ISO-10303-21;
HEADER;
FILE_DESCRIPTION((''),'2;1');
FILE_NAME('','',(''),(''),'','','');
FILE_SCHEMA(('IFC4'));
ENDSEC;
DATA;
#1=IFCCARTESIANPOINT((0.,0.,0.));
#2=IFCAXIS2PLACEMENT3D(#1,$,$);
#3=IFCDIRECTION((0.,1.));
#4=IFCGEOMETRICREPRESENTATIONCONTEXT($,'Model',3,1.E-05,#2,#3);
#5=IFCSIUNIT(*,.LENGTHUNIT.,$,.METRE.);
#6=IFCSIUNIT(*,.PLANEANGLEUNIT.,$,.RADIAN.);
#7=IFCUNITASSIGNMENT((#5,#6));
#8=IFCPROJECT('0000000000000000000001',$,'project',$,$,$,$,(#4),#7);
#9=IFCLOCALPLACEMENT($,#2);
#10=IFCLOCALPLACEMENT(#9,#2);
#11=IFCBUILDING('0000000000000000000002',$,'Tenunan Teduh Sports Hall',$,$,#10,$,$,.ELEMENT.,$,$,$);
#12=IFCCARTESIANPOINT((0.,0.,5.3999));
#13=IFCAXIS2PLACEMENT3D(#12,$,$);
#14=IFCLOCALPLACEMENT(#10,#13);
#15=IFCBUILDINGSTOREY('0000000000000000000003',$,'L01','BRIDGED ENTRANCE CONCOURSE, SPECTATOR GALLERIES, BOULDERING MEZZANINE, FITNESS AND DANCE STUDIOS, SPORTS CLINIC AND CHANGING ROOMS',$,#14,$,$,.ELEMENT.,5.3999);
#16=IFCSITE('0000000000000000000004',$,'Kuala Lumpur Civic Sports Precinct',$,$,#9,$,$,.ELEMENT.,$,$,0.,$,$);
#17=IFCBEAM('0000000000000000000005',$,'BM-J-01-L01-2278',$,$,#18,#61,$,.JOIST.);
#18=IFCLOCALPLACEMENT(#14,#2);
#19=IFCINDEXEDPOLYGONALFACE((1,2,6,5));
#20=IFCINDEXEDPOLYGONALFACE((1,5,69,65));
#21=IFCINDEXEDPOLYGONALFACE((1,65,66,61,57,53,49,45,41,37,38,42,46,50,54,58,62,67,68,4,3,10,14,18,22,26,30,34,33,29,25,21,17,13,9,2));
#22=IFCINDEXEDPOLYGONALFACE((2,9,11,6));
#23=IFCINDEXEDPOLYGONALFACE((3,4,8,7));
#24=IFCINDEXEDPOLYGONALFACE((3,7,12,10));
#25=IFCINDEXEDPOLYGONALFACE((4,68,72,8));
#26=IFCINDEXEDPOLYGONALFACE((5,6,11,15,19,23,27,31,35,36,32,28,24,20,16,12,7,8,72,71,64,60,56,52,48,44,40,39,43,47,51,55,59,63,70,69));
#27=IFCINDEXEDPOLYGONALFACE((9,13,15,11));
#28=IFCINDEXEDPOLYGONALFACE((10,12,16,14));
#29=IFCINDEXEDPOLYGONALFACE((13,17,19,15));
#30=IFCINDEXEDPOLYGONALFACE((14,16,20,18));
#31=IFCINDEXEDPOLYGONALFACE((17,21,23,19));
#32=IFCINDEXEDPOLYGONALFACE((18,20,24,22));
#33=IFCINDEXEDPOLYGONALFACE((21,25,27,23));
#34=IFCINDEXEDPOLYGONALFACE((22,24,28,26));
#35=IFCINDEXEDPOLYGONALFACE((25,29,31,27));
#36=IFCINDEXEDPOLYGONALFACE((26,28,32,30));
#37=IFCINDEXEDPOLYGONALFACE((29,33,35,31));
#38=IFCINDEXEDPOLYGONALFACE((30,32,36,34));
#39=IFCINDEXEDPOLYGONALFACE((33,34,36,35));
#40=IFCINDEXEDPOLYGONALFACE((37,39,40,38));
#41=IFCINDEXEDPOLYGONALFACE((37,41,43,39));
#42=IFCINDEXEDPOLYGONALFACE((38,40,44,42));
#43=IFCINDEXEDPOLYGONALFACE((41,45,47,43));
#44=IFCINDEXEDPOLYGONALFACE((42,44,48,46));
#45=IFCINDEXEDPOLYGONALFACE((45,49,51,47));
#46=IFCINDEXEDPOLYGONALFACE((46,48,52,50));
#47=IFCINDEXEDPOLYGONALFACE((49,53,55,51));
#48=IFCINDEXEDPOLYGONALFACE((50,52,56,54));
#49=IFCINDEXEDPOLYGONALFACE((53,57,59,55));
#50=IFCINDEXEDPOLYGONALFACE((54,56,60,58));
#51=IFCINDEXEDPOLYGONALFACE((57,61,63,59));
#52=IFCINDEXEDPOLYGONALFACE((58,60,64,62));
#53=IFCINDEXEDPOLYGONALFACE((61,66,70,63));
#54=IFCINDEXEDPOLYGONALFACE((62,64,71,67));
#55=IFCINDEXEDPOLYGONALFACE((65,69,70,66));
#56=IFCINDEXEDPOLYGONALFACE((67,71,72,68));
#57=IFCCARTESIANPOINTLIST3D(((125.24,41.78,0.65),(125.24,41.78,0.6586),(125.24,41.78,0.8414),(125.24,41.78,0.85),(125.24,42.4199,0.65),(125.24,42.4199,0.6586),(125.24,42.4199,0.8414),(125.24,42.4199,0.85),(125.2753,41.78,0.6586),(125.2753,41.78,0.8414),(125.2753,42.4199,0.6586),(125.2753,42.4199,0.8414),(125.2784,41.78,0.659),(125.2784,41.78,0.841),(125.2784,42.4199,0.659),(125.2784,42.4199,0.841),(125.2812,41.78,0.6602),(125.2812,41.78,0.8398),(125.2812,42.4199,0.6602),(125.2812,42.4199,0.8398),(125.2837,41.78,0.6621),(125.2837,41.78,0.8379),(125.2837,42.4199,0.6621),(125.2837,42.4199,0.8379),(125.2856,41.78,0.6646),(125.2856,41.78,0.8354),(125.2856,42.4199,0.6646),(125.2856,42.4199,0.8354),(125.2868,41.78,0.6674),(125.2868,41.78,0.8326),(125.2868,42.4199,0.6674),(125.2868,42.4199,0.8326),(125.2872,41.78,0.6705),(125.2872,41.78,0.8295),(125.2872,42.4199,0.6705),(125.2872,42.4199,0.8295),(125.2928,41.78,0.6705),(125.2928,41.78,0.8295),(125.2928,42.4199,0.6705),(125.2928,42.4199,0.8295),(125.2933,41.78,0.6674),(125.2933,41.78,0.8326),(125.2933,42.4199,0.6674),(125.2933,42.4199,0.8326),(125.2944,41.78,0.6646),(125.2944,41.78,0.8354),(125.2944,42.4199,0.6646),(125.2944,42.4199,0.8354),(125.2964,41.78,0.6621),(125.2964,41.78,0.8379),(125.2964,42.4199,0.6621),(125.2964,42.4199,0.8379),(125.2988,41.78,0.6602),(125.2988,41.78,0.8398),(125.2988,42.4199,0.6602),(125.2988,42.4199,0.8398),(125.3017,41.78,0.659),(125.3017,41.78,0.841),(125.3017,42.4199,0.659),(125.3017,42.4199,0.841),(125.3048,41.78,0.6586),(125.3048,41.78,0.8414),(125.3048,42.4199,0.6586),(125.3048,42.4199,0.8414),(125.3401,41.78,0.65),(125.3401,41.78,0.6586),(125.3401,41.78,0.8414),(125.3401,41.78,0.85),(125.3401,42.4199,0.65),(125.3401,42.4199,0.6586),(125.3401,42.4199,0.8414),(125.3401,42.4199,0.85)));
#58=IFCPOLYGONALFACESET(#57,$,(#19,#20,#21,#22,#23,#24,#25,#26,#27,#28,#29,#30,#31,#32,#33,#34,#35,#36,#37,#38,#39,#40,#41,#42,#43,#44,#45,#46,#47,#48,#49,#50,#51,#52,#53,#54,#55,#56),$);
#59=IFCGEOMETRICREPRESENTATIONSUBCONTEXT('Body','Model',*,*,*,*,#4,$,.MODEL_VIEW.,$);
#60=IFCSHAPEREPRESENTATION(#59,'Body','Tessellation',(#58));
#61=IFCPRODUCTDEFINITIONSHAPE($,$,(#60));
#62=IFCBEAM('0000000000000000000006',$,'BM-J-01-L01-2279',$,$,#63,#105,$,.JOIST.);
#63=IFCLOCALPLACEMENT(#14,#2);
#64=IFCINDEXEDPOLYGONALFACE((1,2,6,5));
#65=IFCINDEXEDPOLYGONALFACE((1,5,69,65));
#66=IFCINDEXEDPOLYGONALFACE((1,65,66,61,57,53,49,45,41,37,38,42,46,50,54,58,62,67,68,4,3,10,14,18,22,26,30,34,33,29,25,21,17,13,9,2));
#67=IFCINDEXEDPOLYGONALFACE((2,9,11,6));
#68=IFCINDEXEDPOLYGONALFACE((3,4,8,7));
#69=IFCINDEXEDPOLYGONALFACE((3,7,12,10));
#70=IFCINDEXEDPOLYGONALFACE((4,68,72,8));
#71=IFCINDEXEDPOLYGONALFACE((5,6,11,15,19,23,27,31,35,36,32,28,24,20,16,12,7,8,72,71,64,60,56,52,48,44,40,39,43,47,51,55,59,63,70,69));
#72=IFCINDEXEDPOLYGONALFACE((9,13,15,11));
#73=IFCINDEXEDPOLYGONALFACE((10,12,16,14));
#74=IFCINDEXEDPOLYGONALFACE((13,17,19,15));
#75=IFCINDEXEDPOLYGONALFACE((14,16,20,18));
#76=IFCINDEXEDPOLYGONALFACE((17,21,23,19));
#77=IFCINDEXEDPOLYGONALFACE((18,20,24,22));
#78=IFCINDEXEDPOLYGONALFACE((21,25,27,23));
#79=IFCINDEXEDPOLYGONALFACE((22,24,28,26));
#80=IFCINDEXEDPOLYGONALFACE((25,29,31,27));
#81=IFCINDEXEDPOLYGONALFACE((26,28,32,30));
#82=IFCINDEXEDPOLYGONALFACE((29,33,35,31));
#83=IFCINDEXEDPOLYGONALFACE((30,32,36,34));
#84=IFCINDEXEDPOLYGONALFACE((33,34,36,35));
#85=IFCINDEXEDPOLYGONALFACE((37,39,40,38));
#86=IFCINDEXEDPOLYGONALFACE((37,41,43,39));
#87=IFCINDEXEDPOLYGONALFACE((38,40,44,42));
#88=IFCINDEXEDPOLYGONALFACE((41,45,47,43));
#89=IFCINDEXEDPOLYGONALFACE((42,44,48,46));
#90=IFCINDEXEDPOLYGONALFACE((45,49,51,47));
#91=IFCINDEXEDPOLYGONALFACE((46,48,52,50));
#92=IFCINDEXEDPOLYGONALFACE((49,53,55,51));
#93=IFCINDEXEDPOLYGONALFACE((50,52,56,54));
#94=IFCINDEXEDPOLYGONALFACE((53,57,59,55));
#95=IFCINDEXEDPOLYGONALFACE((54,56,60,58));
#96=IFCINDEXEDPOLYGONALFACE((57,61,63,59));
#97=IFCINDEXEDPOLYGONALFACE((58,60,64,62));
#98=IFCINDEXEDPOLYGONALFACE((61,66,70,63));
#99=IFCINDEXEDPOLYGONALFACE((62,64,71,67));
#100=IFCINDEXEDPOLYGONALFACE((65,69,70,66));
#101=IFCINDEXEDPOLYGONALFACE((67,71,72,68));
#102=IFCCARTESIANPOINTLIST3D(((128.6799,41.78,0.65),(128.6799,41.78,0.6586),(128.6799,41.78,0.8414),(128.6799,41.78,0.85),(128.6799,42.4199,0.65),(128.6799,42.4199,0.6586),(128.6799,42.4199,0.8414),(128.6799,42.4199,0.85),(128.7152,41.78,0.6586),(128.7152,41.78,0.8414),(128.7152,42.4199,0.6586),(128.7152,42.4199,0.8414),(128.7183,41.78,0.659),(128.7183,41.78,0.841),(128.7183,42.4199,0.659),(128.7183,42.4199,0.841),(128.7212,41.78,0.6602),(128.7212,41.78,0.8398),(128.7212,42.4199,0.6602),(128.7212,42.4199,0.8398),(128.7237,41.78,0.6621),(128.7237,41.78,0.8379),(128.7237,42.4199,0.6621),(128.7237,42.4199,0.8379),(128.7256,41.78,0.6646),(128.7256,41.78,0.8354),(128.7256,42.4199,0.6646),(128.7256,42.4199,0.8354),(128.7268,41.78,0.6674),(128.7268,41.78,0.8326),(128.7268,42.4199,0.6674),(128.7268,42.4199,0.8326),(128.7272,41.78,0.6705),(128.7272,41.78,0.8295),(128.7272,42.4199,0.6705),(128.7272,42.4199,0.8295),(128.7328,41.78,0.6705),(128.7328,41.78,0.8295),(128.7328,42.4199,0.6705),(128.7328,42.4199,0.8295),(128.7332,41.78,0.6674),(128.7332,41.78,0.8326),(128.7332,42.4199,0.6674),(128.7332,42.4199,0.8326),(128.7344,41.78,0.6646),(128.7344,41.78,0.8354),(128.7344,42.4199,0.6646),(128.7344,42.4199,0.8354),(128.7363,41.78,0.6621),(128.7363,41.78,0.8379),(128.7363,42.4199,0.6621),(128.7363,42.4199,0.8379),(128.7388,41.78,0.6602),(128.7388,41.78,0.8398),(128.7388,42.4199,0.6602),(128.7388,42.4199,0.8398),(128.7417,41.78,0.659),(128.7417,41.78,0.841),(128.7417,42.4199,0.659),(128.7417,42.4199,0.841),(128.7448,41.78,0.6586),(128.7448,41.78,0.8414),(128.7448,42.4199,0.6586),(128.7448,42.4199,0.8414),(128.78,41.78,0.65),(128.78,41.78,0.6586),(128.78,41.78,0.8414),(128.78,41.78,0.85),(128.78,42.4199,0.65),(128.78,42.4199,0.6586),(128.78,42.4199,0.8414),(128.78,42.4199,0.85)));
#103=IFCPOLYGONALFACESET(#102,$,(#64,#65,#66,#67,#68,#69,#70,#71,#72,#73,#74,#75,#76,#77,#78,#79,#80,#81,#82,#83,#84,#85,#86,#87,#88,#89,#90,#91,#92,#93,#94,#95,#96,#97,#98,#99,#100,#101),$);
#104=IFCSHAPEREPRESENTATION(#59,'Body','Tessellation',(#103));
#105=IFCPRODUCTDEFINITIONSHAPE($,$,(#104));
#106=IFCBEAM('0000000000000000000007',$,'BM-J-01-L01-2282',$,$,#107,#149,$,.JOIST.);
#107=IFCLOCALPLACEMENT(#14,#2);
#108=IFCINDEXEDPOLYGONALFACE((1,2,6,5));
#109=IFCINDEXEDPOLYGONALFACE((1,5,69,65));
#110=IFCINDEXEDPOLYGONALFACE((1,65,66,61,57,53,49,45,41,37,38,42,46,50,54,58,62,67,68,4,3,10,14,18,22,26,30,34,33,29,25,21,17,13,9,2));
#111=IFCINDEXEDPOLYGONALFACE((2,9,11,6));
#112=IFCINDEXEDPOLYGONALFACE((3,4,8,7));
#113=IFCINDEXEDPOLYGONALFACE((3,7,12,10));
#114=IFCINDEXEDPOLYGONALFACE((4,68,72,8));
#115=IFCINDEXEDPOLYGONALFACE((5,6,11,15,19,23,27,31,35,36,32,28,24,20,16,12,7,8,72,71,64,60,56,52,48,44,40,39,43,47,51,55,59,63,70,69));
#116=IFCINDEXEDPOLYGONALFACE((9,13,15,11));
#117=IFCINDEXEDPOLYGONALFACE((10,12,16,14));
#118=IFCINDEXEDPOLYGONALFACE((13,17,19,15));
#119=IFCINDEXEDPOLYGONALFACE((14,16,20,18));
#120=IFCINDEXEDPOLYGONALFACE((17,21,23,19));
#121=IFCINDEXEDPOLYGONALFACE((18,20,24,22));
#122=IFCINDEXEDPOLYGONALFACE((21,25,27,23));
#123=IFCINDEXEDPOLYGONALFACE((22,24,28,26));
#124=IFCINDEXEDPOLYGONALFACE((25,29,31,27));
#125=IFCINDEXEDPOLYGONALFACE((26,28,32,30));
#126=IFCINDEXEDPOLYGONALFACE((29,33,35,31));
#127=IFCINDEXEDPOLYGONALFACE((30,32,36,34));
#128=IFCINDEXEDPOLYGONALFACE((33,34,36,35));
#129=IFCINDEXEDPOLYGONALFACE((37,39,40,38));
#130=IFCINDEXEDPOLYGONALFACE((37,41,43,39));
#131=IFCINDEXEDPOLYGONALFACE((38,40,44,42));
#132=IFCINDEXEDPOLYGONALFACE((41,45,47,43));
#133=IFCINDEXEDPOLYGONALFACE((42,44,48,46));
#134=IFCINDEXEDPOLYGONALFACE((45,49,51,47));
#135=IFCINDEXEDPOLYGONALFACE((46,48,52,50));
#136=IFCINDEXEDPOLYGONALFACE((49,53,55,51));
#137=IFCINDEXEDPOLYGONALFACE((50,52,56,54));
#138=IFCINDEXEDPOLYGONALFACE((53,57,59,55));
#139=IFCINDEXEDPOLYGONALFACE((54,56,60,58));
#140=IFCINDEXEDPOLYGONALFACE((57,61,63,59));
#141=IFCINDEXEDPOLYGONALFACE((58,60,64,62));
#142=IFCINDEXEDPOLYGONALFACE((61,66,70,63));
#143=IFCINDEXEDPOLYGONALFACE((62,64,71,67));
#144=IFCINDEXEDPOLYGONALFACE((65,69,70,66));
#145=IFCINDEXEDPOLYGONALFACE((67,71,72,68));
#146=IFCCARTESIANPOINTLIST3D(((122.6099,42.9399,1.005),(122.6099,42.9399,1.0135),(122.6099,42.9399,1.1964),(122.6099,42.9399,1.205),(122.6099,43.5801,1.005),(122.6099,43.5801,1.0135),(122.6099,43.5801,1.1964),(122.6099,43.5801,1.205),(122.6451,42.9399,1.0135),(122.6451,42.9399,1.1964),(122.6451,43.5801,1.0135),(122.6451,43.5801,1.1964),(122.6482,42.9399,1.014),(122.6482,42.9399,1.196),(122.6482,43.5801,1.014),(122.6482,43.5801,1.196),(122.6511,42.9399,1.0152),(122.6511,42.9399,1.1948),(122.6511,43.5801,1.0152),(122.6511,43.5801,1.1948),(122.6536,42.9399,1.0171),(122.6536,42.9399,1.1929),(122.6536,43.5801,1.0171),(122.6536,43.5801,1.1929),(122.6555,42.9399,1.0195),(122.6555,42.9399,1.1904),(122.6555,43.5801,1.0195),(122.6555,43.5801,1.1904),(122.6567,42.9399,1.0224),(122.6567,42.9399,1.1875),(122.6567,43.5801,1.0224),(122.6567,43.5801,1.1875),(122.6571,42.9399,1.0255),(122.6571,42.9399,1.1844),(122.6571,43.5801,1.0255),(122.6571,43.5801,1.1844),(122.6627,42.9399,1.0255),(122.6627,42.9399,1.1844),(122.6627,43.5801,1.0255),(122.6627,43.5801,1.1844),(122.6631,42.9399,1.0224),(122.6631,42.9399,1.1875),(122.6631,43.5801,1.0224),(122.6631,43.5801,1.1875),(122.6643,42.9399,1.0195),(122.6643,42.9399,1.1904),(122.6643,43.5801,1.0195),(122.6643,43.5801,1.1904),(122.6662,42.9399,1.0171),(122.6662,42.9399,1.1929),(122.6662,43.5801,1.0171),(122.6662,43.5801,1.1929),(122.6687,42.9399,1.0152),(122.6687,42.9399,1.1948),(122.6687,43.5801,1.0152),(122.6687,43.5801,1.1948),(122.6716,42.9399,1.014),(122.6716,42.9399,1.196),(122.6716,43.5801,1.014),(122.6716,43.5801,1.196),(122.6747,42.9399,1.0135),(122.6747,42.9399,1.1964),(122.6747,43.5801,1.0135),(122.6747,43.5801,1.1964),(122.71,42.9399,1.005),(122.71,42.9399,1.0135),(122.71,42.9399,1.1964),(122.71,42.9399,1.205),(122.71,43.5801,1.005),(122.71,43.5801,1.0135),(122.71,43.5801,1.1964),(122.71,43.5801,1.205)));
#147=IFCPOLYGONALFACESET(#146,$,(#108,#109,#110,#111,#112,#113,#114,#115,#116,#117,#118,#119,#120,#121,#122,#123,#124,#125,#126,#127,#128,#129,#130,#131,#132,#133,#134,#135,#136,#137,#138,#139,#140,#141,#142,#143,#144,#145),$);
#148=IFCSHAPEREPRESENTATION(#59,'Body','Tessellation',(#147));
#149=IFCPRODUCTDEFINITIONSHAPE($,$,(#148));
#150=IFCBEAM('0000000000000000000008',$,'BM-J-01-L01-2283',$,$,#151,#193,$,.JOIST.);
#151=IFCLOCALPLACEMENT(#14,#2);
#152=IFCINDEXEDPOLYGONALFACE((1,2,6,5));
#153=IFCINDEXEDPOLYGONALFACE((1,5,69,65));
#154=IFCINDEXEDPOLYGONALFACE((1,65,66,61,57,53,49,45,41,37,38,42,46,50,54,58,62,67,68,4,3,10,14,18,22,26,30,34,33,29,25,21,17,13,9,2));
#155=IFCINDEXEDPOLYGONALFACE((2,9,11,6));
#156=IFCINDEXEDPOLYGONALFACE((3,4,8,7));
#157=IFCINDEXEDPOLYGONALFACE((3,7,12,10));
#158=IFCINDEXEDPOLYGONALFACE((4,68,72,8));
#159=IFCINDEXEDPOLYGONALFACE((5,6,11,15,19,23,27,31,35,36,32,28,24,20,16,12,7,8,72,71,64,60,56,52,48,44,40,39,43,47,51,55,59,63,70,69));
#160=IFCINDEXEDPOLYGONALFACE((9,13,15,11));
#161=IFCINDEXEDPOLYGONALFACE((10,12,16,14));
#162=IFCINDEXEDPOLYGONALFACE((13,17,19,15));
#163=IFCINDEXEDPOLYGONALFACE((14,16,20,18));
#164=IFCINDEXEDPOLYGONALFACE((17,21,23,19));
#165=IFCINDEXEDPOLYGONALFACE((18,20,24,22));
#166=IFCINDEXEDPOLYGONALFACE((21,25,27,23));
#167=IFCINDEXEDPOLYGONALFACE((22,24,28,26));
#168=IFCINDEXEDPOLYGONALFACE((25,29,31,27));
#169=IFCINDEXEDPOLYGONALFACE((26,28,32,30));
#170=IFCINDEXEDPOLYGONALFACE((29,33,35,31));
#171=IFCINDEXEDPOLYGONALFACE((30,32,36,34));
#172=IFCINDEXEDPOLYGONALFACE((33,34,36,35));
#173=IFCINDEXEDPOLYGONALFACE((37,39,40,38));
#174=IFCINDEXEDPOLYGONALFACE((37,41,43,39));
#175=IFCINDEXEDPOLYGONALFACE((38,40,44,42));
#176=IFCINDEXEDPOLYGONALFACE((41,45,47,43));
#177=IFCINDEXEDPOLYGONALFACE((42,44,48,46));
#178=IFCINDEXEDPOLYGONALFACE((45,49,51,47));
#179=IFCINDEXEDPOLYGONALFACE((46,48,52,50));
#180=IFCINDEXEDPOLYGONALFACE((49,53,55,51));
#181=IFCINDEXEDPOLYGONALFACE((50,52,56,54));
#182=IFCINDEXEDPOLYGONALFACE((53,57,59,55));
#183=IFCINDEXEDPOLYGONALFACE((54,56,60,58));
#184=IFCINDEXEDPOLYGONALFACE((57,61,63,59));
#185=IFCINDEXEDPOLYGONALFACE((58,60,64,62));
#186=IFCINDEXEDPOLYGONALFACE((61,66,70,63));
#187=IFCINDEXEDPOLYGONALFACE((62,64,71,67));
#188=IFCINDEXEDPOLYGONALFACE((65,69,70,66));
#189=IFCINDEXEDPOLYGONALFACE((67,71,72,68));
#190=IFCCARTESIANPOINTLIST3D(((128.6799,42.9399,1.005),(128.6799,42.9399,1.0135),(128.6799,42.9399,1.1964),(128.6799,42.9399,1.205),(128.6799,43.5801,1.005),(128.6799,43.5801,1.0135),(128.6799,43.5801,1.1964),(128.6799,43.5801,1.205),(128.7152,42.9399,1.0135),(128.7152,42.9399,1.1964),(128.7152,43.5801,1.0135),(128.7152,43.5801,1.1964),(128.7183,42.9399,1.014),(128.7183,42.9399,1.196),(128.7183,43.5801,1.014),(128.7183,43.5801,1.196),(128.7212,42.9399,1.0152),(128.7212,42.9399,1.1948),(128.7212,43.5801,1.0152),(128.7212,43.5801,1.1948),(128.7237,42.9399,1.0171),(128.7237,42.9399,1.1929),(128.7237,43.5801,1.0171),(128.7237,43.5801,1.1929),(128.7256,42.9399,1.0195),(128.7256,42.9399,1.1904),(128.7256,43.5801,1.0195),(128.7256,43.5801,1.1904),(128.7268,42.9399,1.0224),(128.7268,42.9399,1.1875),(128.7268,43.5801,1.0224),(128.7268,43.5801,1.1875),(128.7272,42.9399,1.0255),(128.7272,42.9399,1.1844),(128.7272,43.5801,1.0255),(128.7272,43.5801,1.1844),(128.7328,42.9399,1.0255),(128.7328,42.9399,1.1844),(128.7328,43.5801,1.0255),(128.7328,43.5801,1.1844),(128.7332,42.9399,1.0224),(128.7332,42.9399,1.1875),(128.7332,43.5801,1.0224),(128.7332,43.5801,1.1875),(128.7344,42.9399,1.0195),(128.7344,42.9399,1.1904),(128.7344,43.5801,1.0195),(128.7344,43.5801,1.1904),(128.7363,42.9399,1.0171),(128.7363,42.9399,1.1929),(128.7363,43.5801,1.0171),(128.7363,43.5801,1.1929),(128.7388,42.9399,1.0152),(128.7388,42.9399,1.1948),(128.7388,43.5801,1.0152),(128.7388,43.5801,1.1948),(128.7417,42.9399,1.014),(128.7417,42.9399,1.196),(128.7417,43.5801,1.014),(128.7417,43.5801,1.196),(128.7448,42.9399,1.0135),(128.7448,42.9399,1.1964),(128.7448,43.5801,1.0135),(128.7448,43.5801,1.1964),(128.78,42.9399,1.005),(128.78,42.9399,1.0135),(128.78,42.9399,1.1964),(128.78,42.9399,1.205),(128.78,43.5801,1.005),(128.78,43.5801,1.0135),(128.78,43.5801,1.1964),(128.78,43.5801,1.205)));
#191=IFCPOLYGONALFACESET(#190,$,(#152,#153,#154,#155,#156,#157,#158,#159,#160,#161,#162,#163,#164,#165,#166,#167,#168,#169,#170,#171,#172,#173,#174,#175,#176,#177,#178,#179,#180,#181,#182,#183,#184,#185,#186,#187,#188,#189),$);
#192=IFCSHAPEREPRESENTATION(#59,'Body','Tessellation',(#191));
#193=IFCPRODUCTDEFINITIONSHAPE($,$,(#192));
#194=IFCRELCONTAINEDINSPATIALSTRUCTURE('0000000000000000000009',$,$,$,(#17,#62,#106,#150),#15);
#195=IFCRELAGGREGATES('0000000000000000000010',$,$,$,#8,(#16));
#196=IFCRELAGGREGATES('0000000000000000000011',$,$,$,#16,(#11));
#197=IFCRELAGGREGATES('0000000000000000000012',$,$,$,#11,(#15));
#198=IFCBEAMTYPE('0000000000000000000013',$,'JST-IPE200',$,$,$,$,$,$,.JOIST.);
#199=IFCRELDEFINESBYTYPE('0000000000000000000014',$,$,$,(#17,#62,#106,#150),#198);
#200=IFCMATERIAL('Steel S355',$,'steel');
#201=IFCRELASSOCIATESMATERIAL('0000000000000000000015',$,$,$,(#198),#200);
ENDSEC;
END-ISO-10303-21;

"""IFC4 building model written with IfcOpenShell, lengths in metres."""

from ifc_helpers import new_model, si_unit, direction, frame, origin, origin_2d, place, context, subcontext, project, spatial, i_section, extrude, material, material_profile, profile_set, type_object, element, save


model = new_model("IFC4")

# Units and contexts
model_context = context("Model", 3, precision=1e-05, world=origin(), true_north=direction((0.0, 1.0)))
body_context = subcontext(model_context, "Body", "Model", "MODEL_VIEW")
ifc_project = project(units=[si_unit("LENGTHUNIT", "METRE"), si_unit("PLANEANGLEUNIT", "RADIAN")], contexts=[model_context])

# Site, building, storey
site_placement = place(None, origin())
site = spatial("IfcSite", under=ifc_project, at=site_placement, Name="Kuala Lumpur Civic Sports Precinct", CompositionType="ELEMENT", RefElevation=0.0)
building_placement = place(site_placement, origin())
building = spatial("IfcBuilding", under=site, at=building_placement, Name="Tenunan Teduh Sports Hall", CompositionType="ELEMENT")
storey_placement = place(building_placement, frame((0.0, 0.0, 5.3999)))
storey = spatial("IfcBuildingStorey", under=building, at=storey_placement, Name="L01", Description="BRIDGED ENTRANCE CONCOURSE, SPECTATOR GALLERIES, BOULDERING MEZZANINE, FITNESS AND DANCE STUDIOS, SPORTS CLINIC AND CHANGING ROOMS", CompositionType="ELEMENT", Elevation=5.3999)

# Beams
ifc_material_1 = material(Name="Steel S355", Category="steel")
ifc_material_profile_1 = material_profile(ifc_material_1, i_section(OverallWidth=0.1001, OverallDepth=0.2, WebThickness=0.0056, FlangeThickness=0.0085, FilletRadius=0.012, at=origin_2d()), Name="IPE 200")
ifc_profile_set_1 = profile_set([ifc_material_profile_1], Name="Steel S355")
beam_type_1 = type_object("IfcBeamType", Name="JST-IPE200", PredefinedType="JOIST", material=ifc_profile_set_1)
for number, where, z_axis, x_axis, name in (
    (1, (125.29, 41.78, 0.75), (0.0, 1.0, 0.0), (-1.0, 0.0, 0.0), "BM-J-01-L01-2278"),
    (2, (128.73, 41.78, 0.75), (0.0, 1.0, 0.0), (-1.0, 0.0, 0.0), "BM-J-01-L01-2279"),
):
    element("IfcBeam", number, at=place(storey_placement, frame(where, z_axis=z_axis, x_axis=x_axis)), inside=storey, type_object=beam_type_1, Name=name, PredefinedType="JOIST", context=body_context, shape_type="SweptSolid", body=[
        extrude(i_section(OverallWidth=0.1001, OverallDepth=0.2, WebThickness=0.0056, FlangeThickness=0.0085, FilletRadius=0.012, at=origin_2d()), origin(), (0.0, 0.0, 1.0), 0.6399),
    ])
for number, where, z_axis, x_axis, name in (
    (3, (122.6599, 42.9399, 1.105), (0.0, 1.0, 0.0), (-1.0, 0.0, 0.0), "BM-J-01-L01-2282"),
    (4, (128.73, 42.9399, 1.105), (0.0, 1.0, 0.0), (-1.0, 0.0, 0.0), "BM-J-01-L01-2283"),
):
    element("IfcBeam", number, at=place(storey_placement, frame(where, z_axis=z_axis, x_axis=x_axis)), inside=storey, type_object=beam_type_1, Name=name, PredefinedType="JOIST", context=body_context, shape_type="SweptSolid", body=[
        extrude(i_section(OverallWidth=0.1001, OverallDepth=0.2, WebThickness=0.0056, FlangeThickness=0.0085, FilletRadius=0.012, at=origin_2d()), origin(), (0.0, 0.0, 1.0), 0.6401),
    ])

save(model, "model.ifc")
